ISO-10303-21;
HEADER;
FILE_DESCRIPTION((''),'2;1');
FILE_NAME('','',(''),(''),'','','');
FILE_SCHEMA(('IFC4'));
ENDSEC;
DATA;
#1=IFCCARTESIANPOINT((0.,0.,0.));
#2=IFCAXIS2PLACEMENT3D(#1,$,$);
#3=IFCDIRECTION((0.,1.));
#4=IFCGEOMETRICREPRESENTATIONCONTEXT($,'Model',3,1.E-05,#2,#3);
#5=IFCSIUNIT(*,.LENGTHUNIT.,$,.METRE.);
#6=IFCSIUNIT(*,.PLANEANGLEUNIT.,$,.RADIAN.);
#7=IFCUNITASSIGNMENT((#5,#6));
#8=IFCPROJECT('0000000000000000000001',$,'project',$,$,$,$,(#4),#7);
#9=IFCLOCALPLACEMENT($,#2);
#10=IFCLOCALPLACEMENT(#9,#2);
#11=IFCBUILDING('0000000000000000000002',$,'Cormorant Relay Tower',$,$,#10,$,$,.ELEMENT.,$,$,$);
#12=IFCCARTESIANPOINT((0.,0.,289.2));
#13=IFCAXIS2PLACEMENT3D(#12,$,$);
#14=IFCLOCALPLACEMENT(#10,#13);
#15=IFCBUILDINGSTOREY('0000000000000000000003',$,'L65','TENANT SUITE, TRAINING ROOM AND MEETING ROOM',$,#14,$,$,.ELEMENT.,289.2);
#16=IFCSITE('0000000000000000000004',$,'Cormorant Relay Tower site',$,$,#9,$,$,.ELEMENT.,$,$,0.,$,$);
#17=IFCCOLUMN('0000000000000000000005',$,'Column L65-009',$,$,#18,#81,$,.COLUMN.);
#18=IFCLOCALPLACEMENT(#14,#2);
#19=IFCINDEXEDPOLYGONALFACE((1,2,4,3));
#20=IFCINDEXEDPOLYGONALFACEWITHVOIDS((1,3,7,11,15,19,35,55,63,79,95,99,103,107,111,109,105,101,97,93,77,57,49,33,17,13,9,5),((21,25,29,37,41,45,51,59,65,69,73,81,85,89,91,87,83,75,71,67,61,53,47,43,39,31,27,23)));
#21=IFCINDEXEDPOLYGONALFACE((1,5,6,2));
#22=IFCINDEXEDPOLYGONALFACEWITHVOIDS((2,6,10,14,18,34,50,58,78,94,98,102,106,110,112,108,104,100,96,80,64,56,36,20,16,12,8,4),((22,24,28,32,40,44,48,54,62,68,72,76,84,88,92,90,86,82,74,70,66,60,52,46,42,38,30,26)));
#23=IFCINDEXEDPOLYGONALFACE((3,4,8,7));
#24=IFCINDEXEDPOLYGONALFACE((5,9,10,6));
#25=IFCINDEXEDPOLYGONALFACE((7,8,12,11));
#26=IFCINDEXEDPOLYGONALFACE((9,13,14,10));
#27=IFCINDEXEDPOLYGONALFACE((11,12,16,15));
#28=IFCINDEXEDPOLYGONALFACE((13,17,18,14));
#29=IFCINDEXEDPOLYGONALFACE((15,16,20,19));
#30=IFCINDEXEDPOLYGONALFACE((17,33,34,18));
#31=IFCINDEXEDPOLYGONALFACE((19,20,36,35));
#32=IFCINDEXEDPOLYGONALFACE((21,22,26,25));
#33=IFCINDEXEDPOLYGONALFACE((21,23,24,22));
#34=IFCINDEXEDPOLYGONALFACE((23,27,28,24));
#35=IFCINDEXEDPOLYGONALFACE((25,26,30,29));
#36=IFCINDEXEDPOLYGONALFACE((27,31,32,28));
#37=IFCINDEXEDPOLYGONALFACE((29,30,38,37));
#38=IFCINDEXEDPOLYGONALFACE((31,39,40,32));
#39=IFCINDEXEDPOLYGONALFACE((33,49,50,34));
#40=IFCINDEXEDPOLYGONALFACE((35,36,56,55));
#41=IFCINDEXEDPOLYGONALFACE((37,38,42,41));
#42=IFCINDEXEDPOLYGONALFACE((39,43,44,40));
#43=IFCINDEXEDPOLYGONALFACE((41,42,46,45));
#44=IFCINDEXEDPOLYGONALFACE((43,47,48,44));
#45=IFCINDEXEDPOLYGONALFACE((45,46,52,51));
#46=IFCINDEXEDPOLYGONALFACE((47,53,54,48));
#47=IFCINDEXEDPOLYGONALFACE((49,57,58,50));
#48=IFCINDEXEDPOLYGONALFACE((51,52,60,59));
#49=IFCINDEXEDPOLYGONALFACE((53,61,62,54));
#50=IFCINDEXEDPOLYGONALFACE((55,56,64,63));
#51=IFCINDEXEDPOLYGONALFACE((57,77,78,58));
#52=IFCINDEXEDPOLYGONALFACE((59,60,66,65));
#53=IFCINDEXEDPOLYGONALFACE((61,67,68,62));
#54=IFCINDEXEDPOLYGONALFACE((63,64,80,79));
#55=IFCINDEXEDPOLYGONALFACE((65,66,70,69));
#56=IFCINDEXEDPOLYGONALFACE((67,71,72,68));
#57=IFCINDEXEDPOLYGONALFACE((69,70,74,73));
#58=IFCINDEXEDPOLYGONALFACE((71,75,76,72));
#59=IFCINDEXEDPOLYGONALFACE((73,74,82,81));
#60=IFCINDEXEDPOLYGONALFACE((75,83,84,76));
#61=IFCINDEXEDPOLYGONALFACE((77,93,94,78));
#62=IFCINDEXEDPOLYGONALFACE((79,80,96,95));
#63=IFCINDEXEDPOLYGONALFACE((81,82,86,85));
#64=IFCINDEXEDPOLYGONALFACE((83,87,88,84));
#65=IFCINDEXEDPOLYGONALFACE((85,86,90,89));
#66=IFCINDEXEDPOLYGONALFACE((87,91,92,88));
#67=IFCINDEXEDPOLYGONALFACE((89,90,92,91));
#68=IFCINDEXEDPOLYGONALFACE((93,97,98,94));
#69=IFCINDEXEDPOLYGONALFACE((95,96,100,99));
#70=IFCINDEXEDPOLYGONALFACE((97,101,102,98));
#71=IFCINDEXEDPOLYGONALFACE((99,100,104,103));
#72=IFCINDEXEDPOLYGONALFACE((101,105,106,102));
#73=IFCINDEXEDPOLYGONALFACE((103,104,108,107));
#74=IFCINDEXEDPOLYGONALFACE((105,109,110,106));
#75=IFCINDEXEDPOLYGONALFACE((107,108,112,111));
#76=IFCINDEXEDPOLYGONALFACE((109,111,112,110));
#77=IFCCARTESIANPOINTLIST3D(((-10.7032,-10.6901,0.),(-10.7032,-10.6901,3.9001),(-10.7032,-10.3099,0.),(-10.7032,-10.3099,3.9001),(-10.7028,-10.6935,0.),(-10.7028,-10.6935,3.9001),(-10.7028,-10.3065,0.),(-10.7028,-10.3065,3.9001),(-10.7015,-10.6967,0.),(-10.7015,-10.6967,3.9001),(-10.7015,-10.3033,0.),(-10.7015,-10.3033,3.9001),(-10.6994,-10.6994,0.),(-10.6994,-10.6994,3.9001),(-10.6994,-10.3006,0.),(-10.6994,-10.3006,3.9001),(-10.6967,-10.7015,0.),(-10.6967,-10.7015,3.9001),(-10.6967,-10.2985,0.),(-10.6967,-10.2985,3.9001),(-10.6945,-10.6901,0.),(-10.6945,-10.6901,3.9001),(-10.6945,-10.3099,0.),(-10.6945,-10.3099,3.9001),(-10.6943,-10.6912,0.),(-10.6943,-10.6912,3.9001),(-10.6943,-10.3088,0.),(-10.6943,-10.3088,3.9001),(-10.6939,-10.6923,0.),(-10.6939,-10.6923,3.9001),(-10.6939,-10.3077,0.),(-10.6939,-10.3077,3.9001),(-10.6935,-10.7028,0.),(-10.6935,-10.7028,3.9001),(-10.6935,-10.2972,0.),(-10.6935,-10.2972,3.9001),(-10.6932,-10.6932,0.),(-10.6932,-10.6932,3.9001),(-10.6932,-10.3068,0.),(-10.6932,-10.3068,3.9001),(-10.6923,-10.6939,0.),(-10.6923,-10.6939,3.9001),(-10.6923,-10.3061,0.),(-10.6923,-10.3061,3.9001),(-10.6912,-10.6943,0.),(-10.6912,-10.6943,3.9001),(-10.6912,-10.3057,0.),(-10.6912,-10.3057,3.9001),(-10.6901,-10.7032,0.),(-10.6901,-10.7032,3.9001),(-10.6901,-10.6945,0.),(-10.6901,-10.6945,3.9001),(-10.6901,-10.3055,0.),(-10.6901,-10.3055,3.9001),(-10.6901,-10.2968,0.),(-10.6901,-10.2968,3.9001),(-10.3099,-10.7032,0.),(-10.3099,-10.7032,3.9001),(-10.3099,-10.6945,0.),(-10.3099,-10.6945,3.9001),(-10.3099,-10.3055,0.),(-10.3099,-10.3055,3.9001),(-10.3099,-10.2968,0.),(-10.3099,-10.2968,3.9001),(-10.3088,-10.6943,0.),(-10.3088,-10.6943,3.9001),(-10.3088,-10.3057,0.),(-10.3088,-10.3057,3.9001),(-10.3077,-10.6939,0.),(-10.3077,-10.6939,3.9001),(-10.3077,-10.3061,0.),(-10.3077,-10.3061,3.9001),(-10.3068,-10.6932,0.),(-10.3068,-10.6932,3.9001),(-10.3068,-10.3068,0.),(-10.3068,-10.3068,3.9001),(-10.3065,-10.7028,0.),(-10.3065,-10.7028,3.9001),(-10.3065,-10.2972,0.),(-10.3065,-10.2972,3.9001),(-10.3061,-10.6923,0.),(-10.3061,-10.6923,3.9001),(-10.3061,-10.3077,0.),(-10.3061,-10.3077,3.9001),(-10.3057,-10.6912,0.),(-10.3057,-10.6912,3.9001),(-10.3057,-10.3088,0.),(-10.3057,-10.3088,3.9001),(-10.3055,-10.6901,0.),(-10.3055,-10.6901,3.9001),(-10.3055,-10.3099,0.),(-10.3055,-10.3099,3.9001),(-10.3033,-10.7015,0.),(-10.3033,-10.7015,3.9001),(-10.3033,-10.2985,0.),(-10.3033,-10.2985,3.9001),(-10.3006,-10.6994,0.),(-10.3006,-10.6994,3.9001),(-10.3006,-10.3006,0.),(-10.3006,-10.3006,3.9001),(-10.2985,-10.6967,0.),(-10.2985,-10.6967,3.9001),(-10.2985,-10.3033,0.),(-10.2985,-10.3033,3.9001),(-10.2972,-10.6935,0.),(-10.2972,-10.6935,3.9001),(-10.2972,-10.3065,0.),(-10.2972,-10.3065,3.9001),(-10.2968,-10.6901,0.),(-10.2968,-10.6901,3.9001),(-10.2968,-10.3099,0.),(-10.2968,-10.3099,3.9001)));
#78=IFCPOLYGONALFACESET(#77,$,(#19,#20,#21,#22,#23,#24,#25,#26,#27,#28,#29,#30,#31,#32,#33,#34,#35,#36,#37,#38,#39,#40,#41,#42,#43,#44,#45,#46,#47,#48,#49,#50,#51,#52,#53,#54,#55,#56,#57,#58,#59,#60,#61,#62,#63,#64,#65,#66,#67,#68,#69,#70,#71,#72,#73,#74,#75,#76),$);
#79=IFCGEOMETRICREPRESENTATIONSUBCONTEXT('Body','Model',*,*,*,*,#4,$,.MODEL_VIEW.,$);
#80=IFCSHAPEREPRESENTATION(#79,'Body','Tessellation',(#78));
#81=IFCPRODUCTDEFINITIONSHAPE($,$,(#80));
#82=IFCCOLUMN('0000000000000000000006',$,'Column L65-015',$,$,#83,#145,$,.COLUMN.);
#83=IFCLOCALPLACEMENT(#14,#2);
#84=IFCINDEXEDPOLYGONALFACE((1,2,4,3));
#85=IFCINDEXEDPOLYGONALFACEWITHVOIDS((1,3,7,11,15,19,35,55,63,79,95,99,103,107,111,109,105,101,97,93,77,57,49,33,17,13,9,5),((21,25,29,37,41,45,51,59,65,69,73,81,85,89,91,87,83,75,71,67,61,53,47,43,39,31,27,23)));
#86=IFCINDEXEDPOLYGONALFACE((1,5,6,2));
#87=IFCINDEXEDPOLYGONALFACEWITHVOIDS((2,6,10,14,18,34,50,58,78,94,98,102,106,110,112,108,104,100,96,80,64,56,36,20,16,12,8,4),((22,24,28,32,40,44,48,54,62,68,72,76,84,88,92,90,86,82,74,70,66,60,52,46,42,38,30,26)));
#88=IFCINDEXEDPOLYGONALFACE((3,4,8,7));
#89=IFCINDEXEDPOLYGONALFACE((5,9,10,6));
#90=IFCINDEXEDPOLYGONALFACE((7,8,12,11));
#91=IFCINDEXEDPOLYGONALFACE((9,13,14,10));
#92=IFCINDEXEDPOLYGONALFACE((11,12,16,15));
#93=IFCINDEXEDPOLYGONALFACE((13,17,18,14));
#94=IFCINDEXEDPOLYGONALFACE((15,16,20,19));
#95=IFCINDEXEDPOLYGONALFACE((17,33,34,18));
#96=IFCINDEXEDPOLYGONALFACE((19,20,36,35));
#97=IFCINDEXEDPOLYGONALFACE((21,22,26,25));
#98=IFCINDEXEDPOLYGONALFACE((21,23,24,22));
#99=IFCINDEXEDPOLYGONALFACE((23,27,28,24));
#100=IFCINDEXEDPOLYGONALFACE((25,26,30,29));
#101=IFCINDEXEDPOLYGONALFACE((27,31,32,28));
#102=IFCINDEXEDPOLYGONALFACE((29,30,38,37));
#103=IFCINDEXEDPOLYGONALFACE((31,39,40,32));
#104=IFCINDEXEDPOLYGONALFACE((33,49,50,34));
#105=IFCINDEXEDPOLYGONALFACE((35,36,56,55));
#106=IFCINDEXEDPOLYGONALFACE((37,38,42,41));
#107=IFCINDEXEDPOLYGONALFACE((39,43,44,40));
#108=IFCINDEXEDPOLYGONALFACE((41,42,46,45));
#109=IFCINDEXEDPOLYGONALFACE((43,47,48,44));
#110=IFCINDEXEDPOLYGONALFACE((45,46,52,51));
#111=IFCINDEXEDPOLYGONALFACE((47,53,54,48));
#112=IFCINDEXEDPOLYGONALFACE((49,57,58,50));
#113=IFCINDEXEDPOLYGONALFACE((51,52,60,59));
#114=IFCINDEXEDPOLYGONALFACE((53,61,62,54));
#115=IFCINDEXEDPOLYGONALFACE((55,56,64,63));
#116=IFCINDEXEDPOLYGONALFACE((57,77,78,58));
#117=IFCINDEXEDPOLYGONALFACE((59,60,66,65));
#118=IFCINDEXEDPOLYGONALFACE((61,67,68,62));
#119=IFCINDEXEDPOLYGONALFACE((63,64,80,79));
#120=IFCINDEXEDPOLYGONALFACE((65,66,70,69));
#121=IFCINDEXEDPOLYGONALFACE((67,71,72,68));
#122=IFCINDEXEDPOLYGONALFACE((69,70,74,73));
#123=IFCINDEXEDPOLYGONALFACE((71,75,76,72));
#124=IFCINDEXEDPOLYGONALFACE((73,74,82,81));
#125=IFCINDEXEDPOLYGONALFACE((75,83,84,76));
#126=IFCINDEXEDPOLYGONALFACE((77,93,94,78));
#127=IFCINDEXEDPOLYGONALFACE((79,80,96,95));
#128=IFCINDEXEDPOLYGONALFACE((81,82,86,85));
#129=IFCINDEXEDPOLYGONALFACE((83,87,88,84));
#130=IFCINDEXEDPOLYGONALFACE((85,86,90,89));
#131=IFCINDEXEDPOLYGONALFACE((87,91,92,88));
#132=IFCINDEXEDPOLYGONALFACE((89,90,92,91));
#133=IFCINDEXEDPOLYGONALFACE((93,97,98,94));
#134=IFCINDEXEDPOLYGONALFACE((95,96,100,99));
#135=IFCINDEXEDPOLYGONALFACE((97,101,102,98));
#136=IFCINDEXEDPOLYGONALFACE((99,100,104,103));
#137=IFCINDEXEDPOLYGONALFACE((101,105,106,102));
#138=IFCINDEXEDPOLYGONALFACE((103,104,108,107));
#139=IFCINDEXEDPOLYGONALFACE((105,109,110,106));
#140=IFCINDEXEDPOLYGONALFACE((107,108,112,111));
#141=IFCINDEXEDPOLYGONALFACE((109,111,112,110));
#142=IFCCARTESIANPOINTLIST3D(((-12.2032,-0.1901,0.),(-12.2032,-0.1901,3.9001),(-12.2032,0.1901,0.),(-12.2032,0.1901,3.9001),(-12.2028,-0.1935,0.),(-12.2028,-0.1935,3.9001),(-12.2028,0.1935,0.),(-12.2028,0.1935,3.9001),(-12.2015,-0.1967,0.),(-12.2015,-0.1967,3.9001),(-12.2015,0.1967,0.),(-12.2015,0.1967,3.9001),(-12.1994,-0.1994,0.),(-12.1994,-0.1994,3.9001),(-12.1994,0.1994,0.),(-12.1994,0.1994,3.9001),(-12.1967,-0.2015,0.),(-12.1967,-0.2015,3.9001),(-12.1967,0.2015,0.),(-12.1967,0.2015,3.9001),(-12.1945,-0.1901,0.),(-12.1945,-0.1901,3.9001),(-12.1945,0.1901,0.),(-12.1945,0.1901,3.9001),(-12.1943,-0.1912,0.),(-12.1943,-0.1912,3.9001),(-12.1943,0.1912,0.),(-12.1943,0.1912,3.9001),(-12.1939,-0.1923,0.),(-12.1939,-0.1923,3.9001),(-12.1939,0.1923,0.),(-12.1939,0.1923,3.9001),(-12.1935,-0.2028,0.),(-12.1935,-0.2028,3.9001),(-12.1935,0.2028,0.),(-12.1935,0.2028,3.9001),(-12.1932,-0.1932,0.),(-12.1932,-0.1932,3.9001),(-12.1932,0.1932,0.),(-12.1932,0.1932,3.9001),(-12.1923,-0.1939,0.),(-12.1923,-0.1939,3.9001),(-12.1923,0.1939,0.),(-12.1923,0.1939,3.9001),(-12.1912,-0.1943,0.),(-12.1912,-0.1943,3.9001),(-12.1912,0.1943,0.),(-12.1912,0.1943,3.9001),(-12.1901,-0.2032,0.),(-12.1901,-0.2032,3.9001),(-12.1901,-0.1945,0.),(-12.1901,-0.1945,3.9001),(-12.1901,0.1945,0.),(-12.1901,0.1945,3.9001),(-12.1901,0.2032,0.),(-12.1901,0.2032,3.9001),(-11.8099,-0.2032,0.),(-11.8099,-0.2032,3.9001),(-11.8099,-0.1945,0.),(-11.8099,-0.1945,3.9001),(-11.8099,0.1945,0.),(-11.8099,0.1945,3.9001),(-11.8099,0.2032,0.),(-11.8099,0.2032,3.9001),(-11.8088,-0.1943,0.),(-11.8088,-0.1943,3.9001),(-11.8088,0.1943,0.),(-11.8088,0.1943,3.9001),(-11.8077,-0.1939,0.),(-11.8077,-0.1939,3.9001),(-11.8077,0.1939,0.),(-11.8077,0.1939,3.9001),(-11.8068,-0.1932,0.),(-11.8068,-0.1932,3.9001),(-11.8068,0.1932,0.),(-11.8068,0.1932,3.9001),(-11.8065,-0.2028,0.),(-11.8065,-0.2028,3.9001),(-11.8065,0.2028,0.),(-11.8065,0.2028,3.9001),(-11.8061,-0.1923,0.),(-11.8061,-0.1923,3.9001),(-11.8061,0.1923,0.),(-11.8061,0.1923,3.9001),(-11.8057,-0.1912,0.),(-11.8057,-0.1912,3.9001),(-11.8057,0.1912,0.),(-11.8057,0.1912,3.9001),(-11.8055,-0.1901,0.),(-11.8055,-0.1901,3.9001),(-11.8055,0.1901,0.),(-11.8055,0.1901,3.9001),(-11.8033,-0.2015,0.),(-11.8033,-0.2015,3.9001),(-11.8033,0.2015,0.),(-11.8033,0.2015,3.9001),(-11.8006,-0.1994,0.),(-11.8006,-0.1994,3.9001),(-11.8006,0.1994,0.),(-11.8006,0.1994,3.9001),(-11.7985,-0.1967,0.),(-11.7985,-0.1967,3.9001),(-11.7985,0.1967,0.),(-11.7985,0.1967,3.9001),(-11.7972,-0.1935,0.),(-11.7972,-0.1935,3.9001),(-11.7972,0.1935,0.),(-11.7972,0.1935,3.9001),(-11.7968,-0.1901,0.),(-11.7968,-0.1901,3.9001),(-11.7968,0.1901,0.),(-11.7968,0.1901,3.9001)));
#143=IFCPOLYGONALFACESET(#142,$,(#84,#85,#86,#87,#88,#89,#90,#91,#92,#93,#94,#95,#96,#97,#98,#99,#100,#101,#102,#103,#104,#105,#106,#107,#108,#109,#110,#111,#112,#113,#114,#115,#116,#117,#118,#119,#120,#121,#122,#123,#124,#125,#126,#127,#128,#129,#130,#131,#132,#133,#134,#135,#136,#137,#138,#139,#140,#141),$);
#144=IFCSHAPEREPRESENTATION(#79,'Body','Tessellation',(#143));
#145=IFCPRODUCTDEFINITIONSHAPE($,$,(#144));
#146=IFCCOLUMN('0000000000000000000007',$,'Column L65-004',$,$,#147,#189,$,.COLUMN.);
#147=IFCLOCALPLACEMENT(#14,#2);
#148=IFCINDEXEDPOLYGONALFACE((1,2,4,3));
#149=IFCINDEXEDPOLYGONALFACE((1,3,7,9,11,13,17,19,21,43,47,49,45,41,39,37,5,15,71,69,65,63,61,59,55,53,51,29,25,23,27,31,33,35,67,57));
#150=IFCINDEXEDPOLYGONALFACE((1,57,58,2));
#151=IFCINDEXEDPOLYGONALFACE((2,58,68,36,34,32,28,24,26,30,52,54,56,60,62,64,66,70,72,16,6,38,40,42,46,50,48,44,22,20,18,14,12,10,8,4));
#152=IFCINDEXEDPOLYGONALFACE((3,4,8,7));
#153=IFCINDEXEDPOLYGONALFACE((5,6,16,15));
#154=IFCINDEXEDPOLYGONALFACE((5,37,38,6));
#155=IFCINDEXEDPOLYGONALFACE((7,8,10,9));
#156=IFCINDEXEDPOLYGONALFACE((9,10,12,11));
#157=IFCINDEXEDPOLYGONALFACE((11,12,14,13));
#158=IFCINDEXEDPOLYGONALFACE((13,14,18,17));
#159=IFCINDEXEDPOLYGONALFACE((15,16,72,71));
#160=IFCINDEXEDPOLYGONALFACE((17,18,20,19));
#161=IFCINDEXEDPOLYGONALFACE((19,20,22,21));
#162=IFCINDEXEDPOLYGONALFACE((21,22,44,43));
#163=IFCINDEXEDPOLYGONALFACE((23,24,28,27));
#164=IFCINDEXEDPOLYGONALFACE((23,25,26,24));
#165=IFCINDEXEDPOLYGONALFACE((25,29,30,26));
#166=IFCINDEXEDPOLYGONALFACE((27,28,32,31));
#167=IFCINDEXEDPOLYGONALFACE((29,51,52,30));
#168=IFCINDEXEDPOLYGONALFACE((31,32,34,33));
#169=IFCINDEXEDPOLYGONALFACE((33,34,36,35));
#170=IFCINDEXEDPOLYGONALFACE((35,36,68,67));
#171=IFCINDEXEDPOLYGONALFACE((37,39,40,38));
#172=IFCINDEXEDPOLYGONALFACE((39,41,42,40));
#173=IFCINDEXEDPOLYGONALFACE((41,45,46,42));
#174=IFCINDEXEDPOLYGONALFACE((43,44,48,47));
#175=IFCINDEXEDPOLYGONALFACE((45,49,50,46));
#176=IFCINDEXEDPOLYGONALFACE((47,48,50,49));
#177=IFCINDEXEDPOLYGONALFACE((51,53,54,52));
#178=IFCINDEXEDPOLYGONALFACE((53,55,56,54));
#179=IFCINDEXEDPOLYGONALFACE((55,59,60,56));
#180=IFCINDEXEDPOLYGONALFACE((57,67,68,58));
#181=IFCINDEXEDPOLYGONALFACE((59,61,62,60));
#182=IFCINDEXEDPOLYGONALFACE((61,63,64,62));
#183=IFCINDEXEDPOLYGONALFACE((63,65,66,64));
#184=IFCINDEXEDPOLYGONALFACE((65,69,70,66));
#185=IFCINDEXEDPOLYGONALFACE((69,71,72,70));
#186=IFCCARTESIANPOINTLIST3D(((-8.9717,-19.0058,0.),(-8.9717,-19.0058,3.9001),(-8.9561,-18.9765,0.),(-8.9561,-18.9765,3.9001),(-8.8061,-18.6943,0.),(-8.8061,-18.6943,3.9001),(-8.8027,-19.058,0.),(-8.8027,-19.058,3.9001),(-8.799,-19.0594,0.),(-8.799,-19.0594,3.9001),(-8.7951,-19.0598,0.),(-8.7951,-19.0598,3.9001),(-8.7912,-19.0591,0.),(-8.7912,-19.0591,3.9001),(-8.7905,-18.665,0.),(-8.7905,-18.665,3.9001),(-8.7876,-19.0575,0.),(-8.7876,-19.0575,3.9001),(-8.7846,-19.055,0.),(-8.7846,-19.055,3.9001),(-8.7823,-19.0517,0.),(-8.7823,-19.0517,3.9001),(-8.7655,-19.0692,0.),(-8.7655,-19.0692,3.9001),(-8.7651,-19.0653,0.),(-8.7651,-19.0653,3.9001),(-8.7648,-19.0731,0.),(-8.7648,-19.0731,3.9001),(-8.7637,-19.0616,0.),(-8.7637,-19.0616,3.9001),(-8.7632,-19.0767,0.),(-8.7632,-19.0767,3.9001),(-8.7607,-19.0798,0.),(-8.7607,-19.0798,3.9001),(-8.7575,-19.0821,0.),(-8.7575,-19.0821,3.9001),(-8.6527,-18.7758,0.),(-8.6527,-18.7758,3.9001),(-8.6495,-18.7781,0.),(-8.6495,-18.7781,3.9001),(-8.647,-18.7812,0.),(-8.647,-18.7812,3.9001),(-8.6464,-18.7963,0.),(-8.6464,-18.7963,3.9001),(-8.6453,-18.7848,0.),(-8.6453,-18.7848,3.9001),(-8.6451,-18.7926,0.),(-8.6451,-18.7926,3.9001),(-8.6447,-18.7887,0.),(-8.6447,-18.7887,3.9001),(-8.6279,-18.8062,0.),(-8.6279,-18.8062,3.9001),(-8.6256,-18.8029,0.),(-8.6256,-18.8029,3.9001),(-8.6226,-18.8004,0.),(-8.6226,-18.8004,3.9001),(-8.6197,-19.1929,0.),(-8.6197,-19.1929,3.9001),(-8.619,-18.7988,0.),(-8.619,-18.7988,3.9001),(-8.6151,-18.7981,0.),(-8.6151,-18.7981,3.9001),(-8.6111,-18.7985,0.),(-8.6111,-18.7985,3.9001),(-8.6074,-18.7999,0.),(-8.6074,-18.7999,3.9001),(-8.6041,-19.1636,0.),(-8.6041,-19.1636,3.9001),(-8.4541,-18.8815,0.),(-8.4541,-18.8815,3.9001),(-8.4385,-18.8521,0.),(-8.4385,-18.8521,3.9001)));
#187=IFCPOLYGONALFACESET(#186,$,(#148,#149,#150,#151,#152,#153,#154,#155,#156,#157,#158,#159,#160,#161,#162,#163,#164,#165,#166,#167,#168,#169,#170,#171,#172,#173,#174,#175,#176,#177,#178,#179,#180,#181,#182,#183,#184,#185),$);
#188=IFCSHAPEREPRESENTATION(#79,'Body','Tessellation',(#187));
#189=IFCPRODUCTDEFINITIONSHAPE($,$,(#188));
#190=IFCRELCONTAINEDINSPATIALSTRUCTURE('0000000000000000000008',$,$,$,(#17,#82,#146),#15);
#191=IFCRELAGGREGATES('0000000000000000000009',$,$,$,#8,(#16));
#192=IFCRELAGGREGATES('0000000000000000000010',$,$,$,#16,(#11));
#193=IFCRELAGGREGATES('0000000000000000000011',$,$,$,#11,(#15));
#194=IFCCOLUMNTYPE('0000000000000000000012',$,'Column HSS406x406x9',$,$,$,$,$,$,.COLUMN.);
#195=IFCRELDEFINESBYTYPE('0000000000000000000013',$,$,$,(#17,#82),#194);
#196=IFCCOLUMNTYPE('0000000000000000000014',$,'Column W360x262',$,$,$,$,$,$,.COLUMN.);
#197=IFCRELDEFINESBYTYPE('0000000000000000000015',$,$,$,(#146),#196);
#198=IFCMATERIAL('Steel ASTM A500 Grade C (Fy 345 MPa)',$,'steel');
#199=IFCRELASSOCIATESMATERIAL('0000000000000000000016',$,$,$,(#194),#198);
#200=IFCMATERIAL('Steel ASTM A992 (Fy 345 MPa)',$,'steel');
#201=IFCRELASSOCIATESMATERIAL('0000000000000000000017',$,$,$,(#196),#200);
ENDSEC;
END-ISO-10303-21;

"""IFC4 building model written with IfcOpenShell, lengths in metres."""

from ifc_helpers import new_model, si_unit, direction, frame, origin, origin_2d, place, context, subcontext, project, spatial, hollow_rectangle, i_section, extrude, material, material_profile, profile_set, type_object, element, save


model = new_model("IFC4")

# Units and contexts
model_context = context("Model", 3, precision=1e-05, world=origin(), true_north=direction((0.0, 1.0)))
body_context = subcontext(model_context, "Body", "Model", "MODEL_VIEW")
ifc_project = project(units=[si_unit("LENGTHUNIT", "METRE"), si_unit("PLANEANGLEUNIT", "RADIAN")], contexts=[model_context])

# Site, building, storey
site_placement = place(None, origin())
site = spatial("IfcSite", under=ifc_project, at=site_placement, Name="Cormorant Relay Tower site", CompositionType="ELEMENT", RefElevation=0.0)
building_placement = place(site_placement, origin())
building = spatial("IfcBuilding", under=site, at=building_placement, Name="Cormorant Relay Tower", CompositionType="ELEMENT")
storey_placement = place(building_placement, frame((0.0, 0.0, 289.2)))
storey = spatial("IfcBuildingStorey", under=building, at=storey_placement, Name="L65", Description="TENANT SUITE, TRAINING ROOM AND MEETING ROOM", CompositionType="ELEMENT", Elevation=289.2)

# Columns
ifc_material_1 = material(Name="Steel ASTM A500 Grade C (Fy 345 MPa)", Category="steel")
ifc_material_profile_1 = material_profile(ifc_material_1, hollow_rectangle(XDim=0.4065, YDim=0.4065, WallThickness=0.0088, InnerFilletRadius=0.0044, OuterFilletRadius=0.0132, at=origin_2d()), Name="HSS406x406x9")
ifc_profile_set_1 = profile_set([ifc_material_profile_1], Name="Steel ASTM A500 Grade C (Fy 345 MPa)")
column_type_1 = type_object("IfcColumnType", Name="Column HSS406x406x9", PredefinedType="COLUMN", material=ifc_profile_set_1)
for number, where, z_axis, x_axis, name in (
    (1, (-10.5, -10.5, 0.0), (0.0, 0.0, 1.0), (1.0, 0.0, 0.0), "Column L65-009"),
    (2, (-12.0, 0.0, 0.0), (0.0, 0.0, 1.0), (1.0, 0.0, 0.0), "Column L65-015"),
):
    element("IfcColumn", number, at=place(storey_placement, frame(where, z_axis=z_axis, x_axis=x_axis)), inside=storey, type_object=column_type_1, Name=name, PredefinedType="COLUMN", context=body_context, shape_type="SweptSolid", body=[
        extrude(hollow_rectangle(XDim=0.4065, YDim=0.4065, WallThickness=0.0088, InnerFilletRadius=0.0044, OuterFilletRadius=0.0132, at=origin_2d()), origin(), (0.0, 0.0, 1.0), 3.9001),
    ])
ifc_material_2 = material(Name="Steel ASTM A992 (Fy 345 MPa)", Category="steel")
ifc_material_profile_2 = material_profile(ifc_material_2, i_section(OverallWidth=0.3987, OverallDepth=0.386, WebThickness=0.021, FlangeThickness=0.0332, FilletRadius=0.0151, at=origin_2d()), Name="W360x262")
ifc_profile_set_2 = profile_set([ifc_material_profile_2], Name="Steel ASTM A992 (Fy 345 MPa)")
column_type_2 = type_object("IfcColumnType", Name="Column W360x262", PredefinedType="COLUMN", material=ifc_profile_set_2)
for number, where, z_axis, x_axis, name in (
    (3, (-8.7051, -18.929, 0.0), (0.0, 0.0, 1.0), (0.882948, -0.469472, 0.0), "Column L65-004"),
):
    element("IfcColumn", number, at=place(storey_placement, frame(where, z_axis=z_axis, x_axis=x_axis)), inside=storey, type_object=column_type_2, Name=name, PredefinedType="COLUMN", context=body_context, shape_type="SweptSolid", body=[
        extrude(i_section(OverallWidth=0.3987, OverallDepth=0.386, WebThickness=0.021, FlangeThickness=0.0332, FilletRadius=0.0151, at=origin_2d()), origin(), (0.0, 0.0, 1.0), 3.9001),
    ])

save(model, "model.ifc")
